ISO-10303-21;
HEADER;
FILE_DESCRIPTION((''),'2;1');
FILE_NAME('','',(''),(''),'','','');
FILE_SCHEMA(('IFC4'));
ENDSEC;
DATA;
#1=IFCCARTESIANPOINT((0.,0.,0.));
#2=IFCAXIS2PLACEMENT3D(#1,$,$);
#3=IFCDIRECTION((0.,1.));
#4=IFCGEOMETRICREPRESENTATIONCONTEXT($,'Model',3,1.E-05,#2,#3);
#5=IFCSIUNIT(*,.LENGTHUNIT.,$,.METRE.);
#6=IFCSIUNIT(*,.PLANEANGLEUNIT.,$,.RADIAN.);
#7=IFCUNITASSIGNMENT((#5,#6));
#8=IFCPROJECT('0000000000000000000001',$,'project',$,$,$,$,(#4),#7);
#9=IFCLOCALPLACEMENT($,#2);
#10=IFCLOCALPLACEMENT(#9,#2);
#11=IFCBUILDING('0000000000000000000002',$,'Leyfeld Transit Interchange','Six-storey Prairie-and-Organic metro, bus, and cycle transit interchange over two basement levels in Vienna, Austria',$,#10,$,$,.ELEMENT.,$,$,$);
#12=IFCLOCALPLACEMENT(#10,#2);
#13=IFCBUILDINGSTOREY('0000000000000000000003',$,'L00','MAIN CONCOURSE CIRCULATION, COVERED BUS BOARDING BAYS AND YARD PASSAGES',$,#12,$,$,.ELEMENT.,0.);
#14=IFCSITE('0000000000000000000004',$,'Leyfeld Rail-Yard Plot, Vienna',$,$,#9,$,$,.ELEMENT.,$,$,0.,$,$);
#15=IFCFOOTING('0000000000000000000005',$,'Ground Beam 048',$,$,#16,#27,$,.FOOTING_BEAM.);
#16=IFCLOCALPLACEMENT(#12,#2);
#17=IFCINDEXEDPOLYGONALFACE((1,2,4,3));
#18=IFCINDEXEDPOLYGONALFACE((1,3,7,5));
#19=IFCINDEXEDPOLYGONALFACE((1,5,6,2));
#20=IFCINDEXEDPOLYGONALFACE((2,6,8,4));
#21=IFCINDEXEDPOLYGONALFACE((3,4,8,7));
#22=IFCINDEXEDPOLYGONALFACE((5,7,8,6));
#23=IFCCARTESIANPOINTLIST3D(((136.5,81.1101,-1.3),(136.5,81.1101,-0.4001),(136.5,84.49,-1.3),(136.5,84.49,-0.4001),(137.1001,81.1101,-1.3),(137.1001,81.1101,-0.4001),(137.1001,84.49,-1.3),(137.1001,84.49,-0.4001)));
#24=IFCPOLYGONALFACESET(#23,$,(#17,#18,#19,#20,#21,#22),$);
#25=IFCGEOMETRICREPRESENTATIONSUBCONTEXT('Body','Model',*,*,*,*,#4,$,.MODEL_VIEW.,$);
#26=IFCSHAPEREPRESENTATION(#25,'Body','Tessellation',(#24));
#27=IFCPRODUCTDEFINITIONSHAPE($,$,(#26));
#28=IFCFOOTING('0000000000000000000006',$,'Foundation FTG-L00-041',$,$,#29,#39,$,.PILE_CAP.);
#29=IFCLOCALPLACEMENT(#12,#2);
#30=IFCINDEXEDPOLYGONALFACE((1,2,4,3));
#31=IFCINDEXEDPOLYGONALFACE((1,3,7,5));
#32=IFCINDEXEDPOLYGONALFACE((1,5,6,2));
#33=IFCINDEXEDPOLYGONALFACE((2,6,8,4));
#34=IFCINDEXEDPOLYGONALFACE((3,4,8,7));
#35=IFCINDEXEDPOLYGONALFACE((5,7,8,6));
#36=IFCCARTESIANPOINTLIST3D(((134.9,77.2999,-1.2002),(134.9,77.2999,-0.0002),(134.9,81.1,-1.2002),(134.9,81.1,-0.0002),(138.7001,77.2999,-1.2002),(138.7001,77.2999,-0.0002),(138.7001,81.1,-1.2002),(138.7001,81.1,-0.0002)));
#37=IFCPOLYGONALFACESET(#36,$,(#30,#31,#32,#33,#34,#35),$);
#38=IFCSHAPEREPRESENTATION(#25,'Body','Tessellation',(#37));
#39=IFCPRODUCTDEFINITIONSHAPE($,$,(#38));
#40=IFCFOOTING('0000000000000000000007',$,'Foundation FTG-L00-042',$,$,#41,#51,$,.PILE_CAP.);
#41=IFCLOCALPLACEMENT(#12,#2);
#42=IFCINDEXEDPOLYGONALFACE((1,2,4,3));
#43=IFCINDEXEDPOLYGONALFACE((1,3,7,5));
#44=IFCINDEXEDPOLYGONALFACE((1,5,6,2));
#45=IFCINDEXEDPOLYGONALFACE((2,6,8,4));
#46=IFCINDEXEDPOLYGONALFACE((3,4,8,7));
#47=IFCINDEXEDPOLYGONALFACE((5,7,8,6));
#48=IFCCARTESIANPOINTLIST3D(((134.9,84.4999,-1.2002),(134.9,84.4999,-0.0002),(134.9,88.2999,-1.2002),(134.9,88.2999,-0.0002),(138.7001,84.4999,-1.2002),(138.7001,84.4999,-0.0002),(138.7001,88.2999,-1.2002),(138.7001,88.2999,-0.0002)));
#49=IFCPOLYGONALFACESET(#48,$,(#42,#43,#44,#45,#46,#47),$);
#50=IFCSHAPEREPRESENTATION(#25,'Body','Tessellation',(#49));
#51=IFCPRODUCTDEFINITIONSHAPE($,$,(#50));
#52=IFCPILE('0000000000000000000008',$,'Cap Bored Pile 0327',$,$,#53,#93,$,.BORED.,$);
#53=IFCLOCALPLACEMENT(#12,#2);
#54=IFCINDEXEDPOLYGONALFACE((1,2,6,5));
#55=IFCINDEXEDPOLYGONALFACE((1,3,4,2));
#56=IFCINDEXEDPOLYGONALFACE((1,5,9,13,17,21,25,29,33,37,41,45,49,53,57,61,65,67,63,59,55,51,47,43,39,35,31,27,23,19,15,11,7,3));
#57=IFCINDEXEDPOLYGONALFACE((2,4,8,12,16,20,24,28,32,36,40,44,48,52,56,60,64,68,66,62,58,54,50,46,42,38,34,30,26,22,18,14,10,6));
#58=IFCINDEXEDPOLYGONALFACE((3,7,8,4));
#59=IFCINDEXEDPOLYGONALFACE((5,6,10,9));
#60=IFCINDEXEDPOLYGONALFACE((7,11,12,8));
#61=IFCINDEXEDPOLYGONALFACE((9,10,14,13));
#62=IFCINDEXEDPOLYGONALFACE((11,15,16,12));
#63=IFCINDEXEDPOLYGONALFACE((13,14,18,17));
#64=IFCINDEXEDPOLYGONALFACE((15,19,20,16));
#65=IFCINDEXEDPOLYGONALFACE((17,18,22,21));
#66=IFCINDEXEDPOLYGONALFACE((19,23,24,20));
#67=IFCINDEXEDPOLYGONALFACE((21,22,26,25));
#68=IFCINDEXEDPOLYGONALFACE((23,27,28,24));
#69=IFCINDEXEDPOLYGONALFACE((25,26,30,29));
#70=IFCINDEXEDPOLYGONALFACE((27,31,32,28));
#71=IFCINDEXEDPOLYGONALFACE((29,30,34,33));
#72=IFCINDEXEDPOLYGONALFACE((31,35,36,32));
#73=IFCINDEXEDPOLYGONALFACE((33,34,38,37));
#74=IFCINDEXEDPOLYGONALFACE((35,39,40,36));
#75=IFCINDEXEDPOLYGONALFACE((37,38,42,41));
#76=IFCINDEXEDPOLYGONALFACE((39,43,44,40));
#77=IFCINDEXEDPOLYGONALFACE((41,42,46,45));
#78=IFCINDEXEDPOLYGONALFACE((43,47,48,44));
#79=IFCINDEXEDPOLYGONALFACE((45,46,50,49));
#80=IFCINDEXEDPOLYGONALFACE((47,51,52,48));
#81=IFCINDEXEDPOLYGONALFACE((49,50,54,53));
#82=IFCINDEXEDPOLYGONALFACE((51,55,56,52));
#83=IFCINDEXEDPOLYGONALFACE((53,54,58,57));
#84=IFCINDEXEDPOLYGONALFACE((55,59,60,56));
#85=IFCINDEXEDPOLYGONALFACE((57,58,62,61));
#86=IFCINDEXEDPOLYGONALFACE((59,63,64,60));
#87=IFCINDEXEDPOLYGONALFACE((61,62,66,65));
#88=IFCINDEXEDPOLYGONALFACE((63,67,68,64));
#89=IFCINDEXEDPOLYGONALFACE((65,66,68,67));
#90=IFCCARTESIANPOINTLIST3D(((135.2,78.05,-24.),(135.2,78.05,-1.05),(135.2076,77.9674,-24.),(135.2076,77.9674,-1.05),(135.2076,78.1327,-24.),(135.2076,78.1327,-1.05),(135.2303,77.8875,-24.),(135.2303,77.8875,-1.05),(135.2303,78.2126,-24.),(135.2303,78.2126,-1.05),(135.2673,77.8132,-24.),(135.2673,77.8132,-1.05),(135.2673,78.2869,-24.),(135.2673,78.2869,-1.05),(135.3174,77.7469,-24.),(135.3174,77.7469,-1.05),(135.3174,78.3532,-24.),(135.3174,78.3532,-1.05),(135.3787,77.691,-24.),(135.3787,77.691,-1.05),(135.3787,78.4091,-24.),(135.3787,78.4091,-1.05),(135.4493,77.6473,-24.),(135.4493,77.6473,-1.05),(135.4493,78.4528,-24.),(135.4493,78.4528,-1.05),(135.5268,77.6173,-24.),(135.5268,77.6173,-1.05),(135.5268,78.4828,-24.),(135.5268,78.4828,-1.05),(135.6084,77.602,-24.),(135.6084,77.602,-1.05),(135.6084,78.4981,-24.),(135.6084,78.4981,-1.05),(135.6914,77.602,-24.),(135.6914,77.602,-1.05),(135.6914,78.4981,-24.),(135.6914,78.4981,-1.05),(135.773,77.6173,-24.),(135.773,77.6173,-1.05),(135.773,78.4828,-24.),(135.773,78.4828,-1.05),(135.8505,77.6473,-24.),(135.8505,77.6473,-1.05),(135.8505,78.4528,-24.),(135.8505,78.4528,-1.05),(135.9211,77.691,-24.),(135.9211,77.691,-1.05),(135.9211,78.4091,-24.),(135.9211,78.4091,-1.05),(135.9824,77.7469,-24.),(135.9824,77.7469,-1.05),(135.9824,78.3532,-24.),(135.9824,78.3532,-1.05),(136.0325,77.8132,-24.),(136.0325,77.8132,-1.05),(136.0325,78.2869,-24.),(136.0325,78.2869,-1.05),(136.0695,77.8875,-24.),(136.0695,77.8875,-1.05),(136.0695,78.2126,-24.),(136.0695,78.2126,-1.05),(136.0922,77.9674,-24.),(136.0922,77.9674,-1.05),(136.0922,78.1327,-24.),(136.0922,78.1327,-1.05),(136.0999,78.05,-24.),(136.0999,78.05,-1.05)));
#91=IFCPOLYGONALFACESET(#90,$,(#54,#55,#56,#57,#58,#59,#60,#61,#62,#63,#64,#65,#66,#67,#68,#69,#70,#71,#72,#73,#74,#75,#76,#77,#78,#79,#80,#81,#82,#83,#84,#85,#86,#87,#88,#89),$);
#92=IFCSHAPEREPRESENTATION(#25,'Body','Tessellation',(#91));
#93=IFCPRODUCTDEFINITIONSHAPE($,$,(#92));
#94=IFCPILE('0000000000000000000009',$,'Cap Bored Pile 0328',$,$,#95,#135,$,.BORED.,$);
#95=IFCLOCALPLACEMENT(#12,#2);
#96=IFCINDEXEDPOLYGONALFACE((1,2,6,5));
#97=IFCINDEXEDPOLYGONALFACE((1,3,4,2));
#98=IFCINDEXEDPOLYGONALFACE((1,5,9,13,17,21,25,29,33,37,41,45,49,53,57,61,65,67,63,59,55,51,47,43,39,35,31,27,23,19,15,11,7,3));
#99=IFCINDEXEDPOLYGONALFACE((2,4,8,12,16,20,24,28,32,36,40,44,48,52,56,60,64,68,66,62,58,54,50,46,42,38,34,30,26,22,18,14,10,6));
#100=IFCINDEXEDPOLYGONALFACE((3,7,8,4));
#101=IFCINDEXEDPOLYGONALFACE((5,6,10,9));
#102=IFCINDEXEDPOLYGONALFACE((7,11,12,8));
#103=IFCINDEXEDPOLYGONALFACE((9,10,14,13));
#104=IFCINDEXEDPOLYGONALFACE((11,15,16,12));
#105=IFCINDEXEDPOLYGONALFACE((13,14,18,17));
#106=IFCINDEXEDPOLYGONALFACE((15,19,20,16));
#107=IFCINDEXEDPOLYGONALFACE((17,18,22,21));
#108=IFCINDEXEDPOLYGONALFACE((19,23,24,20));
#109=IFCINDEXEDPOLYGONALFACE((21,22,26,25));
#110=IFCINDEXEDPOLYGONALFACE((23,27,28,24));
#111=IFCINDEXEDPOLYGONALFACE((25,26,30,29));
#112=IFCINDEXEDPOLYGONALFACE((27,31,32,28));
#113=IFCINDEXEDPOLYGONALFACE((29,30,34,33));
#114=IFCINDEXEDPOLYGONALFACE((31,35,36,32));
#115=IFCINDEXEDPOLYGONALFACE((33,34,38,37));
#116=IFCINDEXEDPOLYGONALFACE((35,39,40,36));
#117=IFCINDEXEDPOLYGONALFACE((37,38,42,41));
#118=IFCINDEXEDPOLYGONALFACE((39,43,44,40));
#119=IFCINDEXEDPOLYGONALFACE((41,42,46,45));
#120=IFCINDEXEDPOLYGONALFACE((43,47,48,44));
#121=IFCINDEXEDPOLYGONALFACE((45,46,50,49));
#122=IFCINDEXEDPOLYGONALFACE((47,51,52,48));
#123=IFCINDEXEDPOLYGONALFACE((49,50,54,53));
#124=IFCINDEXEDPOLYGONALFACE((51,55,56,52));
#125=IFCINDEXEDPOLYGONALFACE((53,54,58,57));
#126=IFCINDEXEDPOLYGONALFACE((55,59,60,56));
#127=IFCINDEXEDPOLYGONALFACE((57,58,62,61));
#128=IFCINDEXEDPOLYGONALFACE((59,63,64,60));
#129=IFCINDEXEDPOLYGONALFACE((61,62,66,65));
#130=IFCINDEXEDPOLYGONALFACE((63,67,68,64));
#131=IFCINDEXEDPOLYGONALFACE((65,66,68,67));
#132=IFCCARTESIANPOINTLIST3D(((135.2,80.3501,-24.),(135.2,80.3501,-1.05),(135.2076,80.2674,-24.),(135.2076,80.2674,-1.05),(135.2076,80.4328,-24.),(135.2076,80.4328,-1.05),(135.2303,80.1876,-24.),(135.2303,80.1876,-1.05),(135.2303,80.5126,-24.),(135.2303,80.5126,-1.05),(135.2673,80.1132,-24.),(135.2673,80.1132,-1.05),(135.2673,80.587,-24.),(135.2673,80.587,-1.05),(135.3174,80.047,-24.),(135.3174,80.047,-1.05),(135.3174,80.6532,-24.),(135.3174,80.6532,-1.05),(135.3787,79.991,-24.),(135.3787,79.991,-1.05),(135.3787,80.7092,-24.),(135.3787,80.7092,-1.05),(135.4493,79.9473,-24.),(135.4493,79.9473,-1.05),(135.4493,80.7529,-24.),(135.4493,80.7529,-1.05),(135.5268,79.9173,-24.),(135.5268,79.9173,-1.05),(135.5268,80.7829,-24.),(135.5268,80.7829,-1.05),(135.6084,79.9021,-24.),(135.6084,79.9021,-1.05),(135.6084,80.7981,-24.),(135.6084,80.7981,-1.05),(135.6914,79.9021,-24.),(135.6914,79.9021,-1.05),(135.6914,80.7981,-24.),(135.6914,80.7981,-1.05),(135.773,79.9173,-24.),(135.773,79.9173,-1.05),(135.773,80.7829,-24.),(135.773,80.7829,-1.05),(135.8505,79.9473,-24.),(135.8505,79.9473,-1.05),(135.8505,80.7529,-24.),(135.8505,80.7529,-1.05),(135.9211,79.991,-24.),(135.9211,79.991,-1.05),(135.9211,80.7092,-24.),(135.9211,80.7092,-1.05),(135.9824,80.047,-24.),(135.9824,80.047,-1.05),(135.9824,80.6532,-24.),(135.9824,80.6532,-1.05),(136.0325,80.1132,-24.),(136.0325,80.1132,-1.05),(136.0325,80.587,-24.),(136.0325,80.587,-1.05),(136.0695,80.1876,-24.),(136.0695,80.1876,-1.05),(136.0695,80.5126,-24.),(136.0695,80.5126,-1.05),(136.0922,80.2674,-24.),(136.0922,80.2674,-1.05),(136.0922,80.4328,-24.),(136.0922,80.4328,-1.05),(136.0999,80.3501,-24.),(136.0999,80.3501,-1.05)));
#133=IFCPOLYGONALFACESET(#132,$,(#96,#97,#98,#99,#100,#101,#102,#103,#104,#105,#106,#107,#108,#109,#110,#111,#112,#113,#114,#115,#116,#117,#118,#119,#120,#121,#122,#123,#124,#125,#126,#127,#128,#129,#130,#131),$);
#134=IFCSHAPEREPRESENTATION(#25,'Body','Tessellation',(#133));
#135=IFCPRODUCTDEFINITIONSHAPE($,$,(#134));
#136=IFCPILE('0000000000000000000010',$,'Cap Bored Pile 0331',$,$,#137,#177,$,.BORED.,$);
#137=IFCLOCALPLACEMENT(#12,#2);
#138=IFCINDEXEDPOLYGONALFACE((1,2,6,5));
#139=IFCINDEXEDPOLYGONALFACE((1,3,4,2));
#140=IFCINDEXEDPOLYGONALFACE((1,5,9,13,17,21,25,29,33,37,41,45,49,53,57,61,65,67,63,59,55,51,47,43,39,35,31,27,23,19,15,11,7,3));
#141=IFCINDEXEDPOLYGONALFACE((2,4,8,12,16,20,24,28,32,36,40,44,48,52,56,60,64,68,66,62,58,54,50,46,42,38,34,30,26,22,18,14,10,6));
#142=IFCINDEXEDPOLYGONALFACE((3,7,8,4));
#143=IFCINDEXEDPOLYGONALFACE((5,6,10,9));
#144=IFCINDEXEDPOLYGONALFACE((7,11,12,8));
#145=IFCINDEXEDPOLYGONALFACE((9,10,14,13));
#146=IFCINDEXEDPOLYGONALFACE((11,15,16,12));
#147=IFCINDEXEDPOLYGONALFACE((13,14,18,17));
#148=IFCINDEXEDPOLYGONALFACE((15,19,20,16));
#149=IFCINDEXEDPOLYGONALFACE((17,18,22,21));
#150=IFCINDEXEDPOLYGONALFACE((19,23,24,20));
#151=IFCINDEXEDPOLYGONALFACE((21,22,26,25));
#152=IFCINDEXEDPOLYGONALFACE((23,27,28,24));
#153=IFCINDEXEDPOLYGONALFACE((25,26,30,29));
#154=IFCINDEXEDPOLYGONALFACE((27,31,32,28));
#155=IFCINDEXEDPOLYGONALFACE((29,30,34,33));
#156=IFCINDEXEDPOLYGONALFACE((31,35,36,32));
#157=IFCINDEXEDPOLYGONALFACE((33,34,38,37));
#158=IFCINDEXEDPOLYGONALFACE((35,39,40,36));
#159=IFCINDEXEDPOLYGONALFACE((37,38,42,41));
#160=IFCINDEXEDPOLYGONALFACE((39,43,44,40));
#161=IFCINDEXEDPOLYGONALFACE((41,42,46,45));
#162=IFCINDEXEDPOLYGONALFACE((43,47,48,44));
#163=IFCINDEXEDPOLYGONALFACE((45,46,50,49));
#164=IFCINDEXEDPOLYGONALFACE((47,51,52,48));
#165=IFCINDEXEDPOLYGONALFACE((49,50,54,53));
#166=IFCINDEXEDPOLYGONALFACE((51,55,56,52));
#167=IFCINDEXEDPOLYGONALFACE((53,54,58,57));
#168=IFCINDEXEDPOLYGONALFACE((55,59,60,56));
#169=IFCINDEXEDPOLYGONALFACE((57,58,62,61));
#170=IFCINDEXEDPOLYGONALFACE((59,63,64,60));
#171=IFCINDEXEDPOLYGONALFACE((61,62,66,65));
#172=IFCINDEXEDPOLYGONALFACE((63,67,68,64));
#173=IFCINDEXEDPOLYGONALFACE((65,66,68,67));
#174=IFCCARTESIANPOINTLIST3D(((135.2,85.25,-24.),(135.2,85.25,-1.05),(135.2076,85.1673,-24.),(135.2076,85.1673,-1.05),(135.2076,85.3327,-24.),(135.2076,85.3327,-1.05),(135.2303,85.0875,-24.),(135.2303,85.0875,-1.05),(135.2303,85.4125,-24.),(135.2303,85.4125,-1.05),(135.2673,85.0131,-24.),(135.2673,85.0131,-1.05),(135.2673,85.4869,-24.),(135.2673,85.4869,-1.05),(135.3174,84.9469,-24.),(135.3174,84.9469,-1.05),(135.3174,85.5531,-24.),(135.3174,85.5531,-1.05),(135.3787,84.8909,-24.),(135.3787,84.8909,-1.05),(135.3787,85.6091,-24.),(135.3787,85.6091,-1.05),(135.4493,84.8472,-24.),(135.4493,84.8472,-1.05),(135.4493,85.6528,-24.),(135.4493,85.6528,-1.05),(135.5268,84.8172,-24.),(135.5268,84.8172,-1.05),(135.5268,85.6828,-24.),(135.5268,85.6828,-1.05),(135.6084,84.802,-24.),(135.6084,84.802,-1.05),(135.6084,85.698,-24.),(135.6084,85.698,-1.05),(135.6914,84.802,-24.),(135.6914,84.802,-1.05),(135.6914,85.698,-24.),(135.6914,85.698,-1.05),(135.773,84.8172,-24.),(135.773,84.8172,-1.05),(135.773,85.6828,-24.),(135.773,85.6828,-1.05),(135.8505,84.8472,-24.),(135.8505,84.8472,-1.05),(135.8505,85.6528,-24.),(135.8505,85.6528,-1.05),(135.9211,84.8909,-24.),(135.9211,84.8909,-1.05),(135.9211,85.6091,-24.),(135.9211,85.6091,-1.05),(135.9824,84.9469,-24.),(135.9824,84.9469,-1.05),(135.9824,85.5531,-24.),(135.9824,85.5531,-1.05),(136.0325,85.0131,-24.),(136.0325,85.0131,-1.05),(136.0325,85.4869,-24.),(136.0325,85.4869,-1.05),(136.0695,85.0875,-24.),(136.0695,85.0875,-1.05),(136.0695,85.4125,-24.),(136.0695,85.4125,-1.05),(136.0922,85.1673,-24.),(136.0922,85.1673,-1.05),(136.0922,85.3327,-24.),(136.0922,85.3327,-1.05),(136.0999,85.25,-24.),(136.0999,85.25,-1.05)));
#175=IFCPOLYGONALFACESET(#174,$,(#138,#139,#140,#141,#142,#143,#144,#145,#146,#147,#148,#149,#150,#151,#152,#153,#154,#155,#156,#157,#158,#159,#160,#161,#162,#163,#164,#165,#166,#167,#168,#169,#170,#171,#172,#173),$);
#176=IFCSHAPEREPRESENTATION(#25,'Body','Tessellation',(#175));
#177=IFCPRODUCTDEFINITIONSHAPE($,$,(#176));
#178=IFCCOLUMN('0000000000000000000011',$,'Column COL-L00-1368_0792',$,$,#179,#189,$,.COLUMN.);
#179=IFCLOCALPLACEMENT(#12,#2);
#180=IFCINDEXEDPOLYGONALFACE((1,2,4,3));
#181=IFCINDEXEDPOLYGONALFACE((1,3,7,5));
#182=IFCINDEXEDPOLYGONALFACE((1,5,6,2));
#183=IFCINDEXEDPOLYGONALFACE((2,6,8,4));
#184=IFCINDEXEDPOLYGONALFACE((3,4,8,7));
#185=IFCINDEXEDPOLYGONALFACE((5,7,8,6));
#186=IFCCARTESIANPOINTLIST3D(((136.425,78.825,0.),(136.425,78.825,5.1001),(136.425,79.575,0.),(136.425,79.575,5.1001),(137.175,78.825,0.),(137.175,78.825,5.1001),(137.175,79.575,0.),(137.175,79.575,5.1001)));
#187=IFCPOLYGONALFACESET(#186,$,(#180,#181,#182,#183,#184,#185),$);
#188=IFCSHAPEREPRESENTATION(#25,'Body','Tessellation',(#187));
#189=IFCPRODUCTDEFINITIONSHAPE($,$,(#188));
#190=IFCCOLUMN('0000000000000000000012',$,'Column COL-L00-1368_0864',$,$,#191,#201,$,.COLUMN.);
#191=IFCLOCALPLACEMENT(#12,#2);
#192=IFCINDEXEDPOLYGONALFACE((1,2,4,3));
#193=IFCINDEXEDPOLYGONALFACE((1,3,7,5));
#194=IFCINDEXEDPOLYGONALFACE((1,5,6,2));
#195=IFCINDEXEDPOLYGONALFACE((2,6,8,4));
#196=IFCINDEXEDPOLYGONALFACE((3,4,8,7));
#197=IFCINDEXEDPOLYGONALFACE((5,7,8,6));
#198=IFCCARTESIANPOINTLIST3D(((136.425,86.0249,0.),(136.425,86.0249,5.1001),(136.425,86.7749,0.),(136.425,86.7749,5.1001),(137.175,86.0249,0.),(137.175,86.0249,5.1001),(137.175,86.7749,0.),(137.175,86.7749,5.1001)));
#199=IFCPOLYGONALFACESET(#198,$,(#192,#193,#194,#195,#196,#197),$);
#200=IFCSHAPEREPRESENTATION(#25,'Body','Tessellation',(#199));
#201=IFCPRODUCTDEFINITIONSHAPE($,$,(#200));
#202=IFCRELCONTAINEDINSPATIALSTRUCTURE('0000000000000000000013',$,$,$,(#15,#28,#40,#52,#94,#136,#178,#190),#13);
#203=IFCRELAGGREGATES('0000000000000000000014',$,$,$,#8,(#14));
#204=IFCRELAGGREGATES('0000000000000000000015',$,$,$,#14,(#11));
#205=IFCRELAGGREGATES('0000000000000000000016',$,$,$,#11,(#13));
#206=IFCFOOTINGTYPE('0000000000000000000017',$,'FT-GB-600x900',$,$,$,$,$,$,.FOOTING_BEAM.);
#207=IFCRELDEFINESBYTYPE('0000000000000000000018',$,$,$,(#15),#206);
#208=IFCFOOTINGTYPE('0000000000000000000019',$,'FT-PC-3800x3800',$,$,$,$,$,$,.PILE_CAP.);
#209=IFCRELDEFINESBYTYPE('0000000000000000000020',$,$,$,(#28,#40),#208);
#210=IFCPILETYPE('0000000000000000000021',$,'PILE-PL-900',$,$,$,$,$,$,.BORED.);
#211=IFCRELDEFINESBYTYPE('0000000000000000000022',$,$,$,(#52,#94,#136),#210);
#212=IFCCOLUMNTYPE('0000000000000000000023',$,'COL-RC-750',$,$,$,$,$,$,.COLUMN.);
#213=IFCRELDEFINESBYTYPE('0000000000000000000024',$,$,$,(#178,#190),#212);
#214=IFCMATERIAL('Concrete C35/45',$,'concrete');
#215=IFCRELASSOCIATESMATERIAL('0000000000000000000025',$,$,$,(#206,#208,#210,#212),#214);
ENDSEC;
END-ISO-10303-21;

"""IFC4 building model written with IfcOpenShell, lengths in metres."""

from ifc_helpers import new_model, si_unit, direction, frame, origin, origin_2d, place, context, subcontext, project, spatial, rectangle, circle, extrude, material, material_profile, profile_set, type_object, element, save


model = new_model("IFC4")

# Units and contexts
model_context = context("Model", 3, precision=1e-05, world=origin(), true_north=direction((0.0, 1.0)))
body_context = subcontext(model_context, "Body", "Model", "MODEL_VIEW")
ifc_project = project(units=[si_unit("LENGTHUNIT", "METRE"), si_unit("PLANEANGLEUNIT", "RADIAN")], contexts=[model_context])

# Site, building, storey
site_placement = place(None, origin())
site = spatial("IfcSite", under=ifc_project, at=site_placement, Name="Leyfeld Rail-Yard Plot, Vienna", CompositionType="ELEMENT", RefElevation=0.0)
building_placement = place(site_placement, origin())
building = spatial("IfcBuilding", under=site, at=building_placement, Name="Leyfeld Transit Interchange", Description="Six-storey Prairie-and-Organic metro, bus, and cycle transit interchange over two basement levels in Vienna, Austria", CompositionType="ELEMENT")
storey_placement = place(building_placement, origin())
storey = spatial("IfcBuildingStorey", under=building, at=storey_placement, Name="L00", Description="MAIN CONCOURSE CIRCULATION, COVERED BUS BOARDING BAYS AND YARD PASSAGES", CompositionType="ELEMENT", Elevation=0.0)

# Footings
ifc_material_1 = material(Name="Concrete C35/45", Category="concrete")
footing_type_1 = type_object("IfcFootingType", Name="FT-GB-600x900", PredefinedType="FOOTING_BEAM", material=ifc_material_1)
footing_placement = place(storey_placement, frame((136.8, 82.8, -1.3), z_axis=(0.0, 0.0, 1.0), x_axis=(1.0, 0.0, 0.0)))
element("IfcFooting", 1, at=footing_placement, inside=storey, type_object=footing_type_1, Name="Ground Beam 048", PredefinedType="FOOTING_BEAM", context=body_context, shape_type="SweptSolid", body=[
    extrude(rectangle(XDim=0.6001, YDim=3.3799, at=origin_2d()), origin(), (0.0, 0.0, 1.0), 0.8999),
])
footing_type_2 = type_object("IfcFootingType", Name="FT-PC-3800x3800", PredefinedType="PILE_CAP", material=ifc_material_1)
for number, where, z_axis, x_axis, name in (
    (2, (136.8, 79.2, -1.2002), (0.0, 0.0, 1.0), (1.0, 0.0, 0.0), "Foundation FTG-L00-041"),
    (3, (136.8, 86.3999, -1.2002), (0.0, 0.0, 1.0), (1.0, 0.0, 0.0), "Foundation FTG-L00-042"),
):
    element("IfcFooting", number, at=place(storey_placement, frame(where, z_axis=z_axis, x_axis=x_axis)), inside=storey, type_object=footing_type_2, Name=name, PredefinedType="PILE_CAP", context=body_context, shape_type="SweptSolid", body=[
        extrude(rectangle(XDim=3.8, YDim=3.8, at=origin_2d()), origin(), (0.0, 0.0, 1.0), 1.2),
    ])

# Piles
ifc_material_profile_1 = material_profile(ifc_material_1, circle(Radius=0.45, at=origin_2d()), Name="PILE D900")
ifc_profile_set_1 = profile_set([ifc_material_profile_1], Name="Concrete C35/45")
pile_type = type_object("IfcPileType", Name="PILE-PL-900", PredefinedType="BORED", material=ifc_profile_set_1)
for number, where, z_axis, x_axis, name in (
    (4, (135.6499, 78.05, -1.05), (0.0, 0.0, -1.0), (1.0, 0.0, 0.0), "Cap Bored Pile 0327"),
    (5, (135.6499, 80.3501, -1.05), (0.0, 0.0, -1.0), (1.0, 0.0, 0.0), "Cap Bored Pile 0328"),
    (6, (135.6499, 85.25, -1.05), (0.0, 0.0, -1.0), (1.0, 0.0, 0.0), "Cap Bored Pile 0331"),
):
    element("IfcPile", number, at=place(storey_placement, frame(where, z_axis=z_axis, x_axis=x_axis)), inside=storey, type_object=pile_type, Name=name, PredefinedType="BORED", context=body_context, shape_type="SweptSolid", body=[
        extrude(circle(Radius=0.45, at=origin_2d()), origin(), (0.0, 0.0, 1.0), 22.95),
    ])

# Columns
ifc_material_profile_2 = material_profile(ifc_material_1, rectangle(XDim=0.75, YDim=0.75, at=origin_2d()), Name="RC 750x750")
ifc_profile_set_2 = profile_set([ifc_material_profile_2], Name="Concrete C35/45")
column_type = type_object("IfcColumnType", Name="COL-RC-750", PredefinedType="COLUMN", material=ifc_profile_set_2)
for number, where, z_axis, x_axis, name in (
    (7, (136.8, 79.2, 0.0), (0.0, 0.0, 1.0), (1.0, 0.0, 0.0), "Column COL-L00-1368_0792"),
    (8, (136.8, 86.3999, 0.0), (0.0, 0.0, 1.0), (1.0, 0.0, 0.0), "Column COL-L00-1368_0864"),
):
    element("IfcColumn", number, at=place(storey_placement, frame(where, z_axis=z_axis, x_axis=x_axis)), inside=storey, type_object=column_type, Name=name, PredefinedType="COLUMN", context=body_context, shape_type="SweptSolid", body=[
        extrude(rectangle(XDim=0.75, YDim=0.75, at=origin_2d()), origin(), (0.0, 0.0, 1.0), 5.1001),
    ])

save(model, "model.ifc")
